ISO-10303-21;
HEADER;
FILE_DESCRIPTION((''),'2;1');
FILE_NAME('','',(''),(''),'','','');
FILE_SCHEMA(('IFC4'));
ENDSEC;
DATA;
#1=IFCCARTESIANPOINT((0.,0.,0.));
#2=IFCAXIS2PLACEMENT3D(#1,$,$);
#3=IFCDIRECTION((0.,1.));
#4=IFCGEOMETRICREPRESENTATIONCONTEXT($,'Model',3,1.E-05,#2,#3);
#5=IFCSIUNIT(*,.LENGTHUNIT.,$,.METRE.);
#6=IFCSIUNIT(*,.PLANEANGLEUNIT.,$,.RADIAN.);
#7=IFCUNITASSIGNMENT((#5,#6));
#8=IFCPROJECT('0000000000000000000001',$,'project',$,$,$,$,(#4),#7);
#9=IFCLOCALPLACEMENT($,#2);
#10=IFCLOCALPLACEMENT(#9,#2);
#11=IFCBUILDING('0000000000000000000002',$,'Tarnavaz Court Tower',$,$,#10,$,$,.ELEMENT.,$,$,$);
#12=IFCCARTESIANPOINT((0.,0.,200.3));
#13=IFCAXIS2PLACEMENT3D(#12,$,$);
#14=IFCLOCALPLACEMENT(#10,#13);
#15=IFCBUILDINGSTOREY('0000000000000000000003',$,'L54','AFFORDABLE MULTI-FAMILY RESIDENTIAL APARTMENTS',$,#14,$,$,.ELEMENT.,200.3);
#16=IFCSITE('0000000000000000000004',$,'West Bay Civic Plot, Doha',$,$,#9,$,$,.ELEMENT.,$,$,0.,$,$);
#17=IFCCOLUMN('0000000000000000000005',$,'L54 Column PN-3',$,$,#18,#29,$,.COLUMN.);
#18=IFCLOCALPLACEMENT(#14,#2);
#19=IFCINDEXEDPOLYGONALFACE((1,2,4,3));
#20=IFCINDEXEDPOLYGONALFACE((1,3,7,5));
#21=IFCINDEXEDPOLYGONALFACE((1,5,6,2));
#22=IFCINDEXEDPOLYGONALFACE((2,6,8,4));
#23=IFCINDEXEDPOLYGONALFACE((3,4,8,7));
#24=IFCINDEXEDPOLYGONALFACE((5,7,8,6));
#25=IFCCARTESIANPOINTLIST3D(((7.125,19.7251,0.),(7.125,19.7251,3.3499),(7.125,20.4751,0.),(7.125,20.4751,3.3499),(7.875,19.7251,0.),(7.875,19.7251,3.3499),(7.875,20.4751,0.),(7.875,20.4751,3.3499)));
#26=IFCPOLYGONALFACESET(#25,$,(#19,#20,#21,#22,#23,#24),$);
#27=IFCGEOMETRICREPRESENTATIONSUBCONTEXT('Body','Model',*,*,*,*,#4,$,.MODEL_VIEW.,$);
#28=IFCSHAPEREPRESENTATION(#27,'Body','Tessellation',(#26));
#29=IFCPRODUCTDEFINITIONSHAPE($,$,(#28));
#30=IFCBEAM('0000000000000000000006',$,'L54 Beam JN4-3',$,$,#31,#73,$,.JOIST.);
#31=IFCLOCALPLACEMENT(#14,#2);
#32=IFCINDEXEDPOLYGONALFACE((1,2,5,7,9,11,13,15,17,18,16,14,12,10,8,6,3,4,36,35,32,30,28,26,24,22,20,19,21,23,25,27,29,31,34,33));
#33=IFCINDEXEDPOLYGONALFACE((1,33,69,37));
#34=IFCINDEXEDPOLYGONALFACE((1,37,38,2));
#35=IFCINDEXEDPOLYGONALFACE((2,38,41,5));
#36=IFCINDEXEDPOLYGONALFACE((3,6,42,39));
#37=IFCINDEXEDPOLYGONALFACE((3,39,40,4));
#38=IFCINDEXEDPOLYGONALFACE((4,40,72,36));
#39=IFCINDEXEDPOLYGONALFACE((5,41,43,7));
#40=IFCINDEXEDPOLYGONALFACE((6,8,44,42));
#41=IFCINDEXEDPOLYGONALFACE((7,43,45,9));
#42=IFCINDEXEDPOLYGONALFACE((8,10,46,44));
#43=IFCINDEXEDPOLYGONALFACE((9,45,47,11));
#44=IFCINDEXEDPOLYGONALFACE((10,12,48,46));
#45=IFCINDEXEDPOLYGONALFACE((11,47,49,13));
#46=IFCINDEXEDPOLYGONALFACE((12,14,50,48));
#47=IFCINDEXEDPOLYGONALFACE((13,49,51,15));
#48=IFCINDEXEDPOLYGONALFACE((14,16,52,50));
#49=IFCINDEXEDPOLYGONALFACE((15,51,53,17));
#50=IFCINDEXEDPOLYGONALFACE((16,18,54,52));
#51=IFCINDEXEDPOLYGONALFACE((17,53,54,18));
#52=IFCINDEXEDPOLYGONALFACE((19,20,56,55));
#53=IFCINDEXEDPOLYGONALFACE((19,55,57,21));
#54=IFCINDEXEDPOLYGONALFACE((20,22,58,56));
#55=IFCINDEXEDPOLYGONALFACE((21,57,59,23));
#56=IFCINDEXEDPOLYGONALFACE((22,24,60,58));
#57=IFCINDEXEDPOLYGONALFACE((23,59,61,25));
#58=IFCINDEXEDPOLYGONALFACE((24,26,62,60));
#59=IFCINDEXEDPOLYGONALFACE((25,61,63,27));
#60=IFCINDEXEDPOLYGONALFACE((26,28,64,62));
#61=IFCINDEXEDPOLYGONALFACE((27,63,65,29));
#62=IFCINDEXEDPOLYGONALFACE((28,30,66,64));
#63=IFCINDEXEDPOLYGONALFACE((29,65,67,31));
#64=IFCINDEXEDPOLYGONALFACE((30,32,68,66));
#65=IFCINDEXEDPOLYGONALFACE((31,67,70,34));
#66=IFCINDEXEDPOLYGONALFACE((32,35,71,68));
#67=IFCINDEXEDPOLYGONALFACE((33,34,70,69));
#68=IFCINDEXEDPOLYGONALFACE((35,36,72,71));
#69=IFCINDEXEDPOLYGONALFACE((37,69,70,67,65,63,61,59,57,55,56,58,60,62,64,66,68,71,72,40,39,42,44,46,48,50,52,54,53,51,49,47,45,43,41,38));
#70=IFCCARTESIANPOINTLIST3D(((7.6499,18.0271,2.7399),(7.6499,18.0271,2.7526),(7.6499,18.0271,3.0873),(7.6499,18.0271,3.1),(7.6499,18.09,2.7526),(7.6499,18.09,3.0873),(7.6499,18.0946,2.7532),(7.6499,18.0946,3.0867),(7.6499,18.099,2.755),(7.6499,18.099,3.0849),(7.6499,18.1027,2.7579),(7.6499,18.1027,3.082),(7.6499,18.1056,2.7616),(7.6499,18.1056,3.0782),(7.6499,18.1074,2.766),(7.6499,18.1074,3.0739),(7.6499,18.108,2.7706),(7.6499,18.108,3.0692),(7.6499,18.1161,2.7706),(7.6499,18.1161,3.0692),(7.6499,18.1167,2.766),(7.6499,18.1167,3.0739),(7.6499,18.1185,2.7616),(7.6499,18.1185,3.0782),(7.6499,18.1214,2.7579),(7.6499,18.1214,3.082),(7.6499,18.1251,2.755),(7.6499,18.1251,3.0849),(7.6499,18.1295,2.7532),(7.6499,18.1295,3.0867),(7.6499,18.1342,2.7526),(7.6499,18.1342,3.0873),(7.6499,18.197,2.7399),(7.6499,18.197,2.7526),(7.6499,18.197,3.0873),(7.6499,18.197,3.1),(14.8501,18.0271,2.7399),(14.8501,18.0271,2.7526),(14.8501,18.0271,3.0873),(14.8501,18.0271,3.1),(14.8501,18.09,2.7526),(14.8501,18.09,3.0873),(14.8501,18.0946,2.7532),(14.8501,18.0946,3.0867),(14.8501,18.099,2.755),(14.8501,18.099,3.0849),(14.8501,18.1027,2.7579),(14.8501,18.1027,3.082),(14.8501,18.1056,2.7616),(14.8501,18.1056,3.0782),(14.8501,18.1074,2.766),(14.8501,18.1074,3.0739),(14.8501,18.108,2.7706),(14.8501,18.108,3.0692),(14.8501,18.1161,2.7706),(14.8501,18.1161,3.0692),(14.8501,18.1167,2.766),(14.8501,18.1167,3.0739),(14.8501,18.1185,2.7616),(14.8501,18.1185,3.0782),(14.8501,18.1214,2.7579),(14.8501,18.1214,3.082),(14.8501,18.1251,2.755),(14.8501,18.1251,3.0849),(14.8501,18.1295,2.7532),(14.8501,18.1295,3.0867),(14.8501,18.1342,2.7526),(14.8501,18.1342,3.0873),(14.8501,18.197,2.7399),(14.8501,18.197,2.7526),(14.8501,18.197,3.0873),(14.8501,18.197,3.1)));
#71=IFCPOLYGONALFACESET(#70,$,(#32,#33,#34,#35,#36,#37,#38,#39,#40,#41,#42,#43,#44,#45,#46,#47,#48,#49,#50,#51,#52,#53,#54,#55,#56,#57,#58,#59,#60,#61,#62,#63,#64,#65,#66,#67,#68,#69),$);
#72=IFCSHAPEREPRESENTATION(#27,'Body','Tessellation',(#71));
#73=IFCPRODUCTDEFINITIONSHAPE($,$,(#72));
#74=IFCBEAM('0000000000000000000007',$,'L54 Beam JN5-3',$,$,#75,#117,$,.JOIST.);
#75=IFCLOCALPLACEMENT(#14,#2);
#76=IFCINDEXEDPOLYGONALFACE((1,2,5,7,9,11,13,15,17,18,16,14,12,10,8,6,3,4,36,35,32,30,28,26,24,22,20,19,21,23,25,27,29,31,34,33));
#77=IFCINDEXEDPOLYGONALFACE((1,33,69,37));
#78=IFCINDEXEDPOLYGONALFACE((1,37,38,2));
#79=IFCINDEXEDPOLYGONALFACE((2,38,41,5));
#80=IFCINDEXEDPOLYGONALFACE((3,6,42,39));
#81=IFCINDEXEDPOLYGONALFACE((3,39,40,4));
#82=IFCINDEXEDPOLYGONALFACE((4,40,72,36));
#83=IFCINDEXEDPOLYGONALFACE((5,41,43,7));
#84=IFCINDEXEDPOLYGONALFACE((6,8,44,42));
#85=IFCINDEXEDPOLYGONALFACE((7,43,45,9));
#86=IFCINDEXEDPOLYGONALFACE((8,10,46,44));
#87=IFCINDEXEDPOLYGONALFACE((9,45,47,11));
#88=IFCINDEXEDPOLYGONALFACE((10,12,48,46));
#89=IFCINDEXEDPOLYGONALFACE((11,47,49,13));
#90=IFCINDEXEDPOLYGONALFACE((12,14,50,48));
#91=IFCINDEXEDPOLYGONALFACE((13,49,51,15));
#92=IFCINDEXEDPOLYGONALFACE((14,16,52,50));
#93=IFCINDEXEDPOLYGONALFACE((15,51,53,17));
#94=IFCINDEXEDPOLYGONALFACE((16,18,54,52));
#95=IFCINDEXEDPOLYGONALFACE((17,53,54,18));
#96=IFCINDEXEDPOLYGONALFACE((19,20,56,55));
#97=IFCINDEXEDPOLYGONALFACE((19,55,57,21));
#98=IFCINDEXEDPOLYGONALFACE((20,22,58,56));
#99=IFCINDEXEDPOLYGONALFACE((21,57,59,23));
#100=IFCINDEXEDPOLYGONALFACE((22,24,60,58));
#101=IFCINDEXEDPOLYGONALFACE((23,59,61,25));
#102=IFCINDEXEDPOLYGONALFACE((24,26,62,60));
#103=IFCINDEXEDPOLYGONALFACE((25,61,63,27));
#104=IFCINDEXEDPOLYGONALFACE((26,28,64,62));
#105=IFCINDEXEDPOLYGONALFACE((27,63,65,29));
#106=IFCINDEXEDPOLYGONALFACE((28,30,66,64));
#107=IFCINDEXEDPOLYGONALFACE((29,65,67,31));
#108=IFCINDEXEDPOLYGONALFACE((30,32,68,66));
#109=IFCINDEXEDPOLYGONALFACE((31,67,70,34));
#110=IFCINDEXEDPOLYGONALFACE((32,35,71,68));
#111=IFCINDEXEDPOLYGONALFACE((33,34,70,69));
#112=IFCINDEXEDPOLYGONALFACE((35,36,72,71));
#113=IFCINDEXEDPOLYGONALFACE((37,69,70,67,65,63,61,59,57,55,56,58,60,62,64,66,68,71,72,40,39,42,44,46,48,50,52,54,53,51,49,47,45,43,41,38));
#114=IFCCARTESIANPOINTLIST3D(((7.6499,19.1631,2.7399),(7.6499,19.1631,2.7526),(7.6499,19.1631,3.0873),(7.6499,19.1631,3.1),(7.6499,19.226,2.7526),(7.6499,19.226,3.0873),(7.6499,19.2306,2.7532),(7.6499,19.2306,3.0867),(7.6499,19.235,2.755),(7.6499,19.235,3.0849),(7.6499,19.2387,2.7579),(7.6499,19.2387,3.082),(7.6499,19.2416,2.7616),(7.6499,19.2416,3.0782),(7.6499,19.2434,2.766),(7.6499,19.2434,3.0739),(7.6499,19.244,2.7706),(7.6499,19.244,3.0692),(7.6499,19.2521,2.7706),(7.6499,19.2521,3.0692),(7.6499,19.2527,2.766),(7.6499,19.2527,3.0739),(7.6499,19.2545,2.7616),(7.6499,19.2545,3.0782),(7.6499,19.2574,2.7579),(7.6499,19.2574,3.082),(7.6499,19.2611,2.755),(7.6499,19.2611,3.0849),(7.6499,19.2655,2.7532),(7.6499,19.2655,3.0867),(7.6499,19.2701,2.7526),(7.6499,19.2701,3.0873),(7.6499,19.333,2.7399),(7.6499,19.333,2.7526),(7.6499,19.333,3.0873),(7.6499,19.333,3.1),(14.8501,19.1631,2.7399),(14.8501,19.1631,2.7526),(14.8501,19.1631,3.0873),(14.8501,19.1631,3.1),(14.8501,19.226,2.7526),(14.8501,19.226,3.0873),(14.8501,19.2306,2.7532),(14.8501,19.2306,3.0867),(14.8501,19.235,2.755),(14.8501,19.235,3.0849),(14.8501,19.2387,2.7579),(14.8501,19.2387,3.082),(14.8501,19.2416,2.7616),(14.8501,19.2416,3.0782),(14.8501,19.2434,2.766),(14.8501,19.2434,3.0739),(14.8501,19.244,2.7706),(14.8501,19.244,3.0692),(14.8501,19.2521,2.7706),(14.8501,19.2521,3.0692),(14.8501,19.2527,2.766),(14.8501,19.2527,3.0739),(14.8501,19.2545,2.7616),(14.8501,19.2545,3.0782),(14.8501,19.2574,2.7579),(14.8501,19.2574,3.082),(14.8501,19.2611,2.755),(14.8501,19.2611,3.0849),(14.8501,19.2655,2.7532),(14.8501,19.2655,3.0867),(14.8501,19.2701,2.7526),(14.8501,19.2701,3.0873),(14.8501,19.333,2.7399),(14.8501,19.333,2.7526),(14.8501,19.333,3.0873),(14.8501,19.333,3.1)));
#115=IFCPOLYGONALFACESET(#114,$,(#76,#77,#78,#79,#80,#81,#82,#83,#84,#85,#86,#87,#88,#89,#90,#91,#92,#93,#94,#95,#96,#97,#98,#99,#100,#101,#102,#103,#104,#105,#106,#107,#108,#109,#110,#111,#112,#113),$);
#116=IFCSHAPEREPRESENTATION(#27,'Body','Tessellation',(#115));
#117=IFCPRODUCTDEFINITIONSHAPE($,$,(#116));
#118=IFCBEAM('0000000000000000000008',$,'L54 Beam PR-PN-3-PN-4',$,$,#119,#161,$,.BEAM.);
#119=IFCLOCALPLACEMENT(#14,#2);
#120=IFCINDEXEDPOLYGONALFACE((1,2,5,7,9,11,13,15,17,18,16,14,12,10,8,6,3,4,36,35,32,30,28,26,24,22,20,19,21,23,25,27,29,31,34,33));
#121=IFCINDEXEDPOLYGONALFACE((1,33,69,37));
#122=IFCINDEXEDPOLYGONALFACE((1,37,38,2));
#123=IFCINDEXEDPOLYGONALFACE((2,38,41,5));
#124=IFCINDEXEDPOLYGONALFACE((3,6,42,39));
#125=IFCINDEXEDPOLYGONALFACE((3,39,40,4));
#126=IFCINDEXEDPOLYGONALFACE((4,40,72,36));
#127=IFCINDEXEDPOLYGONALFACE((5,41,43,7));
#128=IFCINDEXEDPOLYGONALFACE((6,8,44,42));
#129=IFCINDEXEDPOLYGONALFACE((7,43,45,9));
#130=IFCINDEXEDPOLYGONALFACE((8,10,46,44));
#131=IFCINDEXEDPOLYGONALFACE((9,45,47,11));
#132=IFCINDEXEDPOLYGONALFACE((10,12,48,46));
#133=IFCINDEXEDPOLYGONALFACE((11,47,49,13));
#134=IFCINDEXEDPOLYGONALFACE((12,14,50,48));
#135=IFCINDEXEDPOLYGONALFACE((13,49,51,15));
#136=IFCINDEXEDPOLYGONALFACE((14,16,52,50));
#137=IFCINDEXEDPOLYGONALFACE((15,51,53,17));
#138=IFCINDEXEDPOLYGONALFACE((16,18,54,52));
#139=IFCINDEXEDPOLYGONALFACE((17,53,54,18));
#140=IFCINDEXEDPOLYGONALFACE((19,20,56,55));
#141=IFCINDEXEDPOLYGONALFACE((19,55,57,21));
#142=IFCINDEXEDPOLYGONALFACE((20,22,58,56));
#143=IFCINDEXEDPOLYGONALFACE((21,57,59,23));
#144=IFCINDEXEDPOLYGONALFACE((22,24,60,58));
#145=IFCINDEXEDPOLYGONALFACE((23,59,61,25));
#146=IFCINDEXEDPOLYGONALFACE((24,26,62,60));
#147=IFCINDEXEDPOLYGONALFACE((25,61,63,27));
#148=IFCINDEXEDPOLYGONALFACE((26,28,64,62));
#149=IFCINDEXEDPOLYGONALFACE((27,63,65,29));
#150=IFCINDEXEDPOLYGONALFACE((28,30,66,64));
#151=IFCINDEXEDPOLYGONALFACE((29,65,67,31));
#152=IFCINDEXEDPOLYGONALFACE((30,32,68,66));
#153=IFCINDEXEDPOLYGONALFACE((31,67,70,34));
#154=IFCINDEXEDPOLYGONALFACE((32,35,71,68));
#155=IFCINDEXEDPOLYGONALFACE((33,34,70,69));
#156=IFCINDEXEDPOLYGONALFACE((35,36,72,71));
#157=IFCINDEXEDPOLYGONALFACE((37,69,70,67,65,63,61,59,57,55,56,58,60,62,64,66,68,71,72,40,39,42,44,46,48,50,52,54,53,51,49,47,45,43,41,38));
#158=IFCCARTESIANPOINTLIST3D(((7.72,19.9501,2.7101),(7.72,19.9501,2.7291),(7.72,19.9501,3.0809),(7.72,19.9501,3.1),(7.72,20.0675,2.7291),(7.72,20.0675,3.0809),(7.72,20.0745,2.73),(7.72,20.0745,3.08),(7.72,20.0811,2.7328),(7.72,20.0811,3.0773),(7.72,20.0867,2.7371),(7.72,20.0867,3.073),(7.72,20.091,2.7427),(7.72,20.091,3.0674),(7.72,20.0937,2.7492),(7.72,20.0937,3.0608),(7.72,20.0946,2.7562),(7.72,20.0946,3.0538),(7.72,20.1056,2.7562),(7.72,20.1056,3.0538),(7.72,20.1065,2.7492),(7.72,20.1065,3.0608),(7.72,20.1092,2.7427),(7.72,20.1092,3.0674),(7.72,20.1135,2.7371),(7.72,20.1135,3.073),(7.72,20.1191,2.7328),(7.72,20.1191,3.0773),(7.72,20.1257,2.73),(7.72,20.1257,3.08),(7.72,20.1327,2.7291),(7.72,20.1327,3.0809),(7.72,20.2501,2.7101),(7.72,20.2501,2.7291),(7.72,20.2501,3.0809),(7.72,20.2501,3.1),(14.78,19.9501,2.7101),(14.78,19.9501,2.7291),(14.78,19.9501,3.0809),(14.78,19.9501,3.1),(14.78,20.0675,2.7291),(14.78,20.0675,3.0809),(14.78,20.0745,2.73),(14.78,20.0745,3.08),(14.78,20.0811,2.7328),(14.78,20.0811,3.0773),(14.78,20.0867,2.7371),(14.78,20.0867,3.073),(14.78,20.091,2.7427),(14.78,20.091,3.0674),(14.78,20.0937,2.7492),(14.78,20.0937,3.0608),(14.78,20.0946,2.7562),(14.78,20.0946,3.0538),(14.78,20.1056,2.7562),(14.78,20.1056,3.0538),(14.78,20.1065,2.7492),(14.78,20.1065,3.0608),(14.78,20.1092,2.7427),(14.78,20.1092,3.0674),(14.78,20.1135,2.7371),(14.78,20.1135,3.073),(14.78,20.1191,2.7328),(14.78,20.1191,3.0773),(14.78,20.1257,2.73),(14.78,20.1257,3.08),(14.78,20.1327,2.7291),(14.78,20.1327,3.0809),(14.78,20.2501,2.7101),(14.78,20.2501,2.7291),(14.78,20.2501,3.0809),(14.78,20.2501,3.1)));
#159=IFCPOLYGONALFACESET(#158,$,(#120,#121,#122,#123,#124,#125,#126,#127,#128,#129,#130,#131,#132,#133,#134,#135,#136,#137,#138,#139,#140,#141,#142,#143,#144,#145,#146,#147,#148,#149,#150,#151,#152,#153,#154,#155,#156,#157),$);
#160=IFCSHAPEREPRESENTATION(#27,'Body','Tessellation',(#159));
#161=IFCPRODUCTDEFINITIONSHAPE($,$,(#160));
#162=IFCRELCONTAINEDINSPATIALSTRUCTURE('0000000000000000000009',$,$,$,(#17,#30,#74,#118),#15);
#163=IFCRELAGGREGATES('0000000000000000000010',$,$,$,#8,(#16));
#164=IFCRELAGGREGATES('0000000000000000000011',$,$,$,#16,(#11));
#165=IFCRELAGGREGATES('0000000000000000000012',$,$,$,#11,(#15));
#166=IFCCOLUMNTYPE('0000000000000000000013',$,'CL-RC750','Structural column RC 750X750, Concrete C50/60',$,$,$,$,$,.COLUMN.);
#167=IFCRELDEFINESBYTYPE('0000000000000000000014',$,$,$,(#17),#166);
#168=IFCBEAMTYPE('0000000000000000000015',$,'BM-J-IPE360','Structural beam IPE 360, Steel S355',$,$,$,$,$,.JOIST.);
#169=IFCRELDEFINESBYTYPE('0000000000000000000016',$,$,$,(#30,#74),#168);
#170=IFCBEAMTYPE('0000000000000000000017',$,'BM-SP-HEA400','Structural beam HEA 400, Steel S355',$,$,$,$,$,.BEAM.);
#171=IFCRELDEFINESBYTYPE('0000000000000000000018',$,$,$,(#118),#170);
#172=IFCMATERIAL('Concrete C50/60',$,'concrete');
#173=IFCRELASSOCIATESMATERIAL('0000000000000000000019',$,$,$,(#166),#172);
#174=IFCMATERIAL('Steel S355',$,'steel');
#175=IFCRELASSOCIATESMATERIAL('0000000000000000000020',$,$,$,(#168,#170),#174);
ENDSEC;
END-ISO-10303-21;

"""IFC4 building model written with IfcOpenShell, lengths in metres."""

from ifc_helpers import new_model, si_unit, direction, frame, origin, origin_2d, place, context, subcontext, project, spatial, rectangle, i_section, extrude, material, material_profile, profile_set, type_object, element, save


model = new_model("IFC4")

# Units and contexts
model_context = context("Model", 3, precision=1e-05, world=origin(), true_north=direction((0.0, 1.0)))
body_context = subcontext(model_context, "Body", "Model", "MODEL_VIEW")
ifc_project = project(units=[si_unit("LENGTHUNIT", "METRE"), si_unit("PLANEANGLEUNIT", "RADIAN")], contexts=[model_context])

# Site, building, storey
site_placement = place(None, origin())
site = spatial("IfcSite", under=ifc_project, at=site_placement, Name="West Bay Civic Plot, Doha", CompositionType="ELEMENT", RefElevation=0.0)
building_placement = place(site_placement, origin())
building = spatial("IfcBuilding", under=site, at=building_placement, Name="Tarnavaz Court Tower", CompositionType="ELEMENT")
storey_placement = place(building_placement, frame((0.0, 0.0, 200.3)))
storey = spatial("IfcBuildingStorey", under=building, at=storey_placement, Name="L54", Description="AFFORDABLE MULTI-FAMILY RESIDENTIAL APARTMENTS", CompositionType="ELEMENT", Elevation=200.3)

# Column
ifc_material_1 = material(Name="Concrete C50/60", Category="concrete")
ifc_material_profile_1 = material_profile(ifc_material_1, rectangle(XDim=0.75, YDim=0.75, at=origin_2d()), Name="RC 750X750")
ifc_profile_set_1 = profile_set([ifc_material_profile_1], Name="Concrete C50/60")
column_type = type_object("IfcColumnType", Name="CL-RC750", Description="Structural column RC 750X750, Concrete C50/60", PredefinedType="COLUMN", material=ifc_profile_set_1)
column_placement = place(storey_placement, frame((7.5, 20.1001, 0.0), z_axis=(0.0, 0.0, 1.0), x_axis=(1.0, 0.0, 0.0)))
element("IfcColumn", 1, at=column_placement, inside=storey, type_object=column_type, Name="L54 Column PN-3", PredefinedType="COLUMN", context=body_context, shape_type="SweptSolid", body=[
    extrude(rectangle(XDim=0.75, YDim=0.75, at=origin_2d()), origin(), (0.0, 0.0, 1.0), 3.3499),
])

# Beams
ifc_material_2 = material(Name="Steel S355", Category="steel")
ifc_material_profile_2 = material_profile(ifc_material_2, i_section(OverallWidth=0.1699, OverallDepth=0.3601, WebThickness=0.0081, FlangeThickness=0.0127, FilletRadius=0.0181, at=origin_2d()), Name="IPE 360")
ifc_profile_set_2 = profile_set([ifc_material_profile_2], Name="Steel S355")
beam_type_1 = type_object("IfcBeamType", Name="BM-J-IPE360", Description="Structural beam IPE 360, Steel S355", PredefinedType="JOIST", material=ifc_profile_set_2)
for number, where, z_axis, x_axis, name in (
    (2, (7.6499, 18.1121, 2.9199), (1.0, 0.0, 0.0), (0.0, 1.0, 0.0), "L54 Beam JN4-3"),
    (3, (7.6499, 19.248, 2.9199), (1.0, 0.0, 0.0), (0.0, 1.0, 0.0), "L54 Beam JN5-3"),
):
    element("IfcBeam", number, at=place(storey_placement, frame(where, z_axis=z_axis, x_axis=x_axis)), inside=storey, type_object=beam_type_1, Name=name, PredefinedType="JOIST", context=body_context, shape_type="SweptSolid", body=[
        extrude(i_section(OverallWidth=0.1699, OverallDepth=0.3601, WebThickness=0.0081, FlangeThickness=0.0127, FilletRadius=0.0181, at=origin_2d()), origin(), (0.0, 0.0, 1.0), 7.2002),
    ])
ifc_material_profile_3 = material_profile(ifc_material_2, i_section(OverallWidth=0.3, OverallDepth=0.3899, WebThickness=0.011, FlangeThickness=0.019, FilletRadius=0.0271, at=origin_2d()), Name="HEA 400")
ifc_profile_set_3 = profile_set([ifc_material_profile_3], Name="Steel S355")
beam_type_2 = type_object("IfcBeamType", Name="BM-SP-HEA400", Description="Structural beam HEA 400, Steel S355", PredefinedType="BEAM", material=ifc_profile_set_3)
beam_placement = place(storey_placement, frame((7.72, 20.1001, 2.905), z_axis=(1.0, 0.0, 0.0), x_axis=(0.0, 1.0, 0.0)))
element("IfcBeam", 4, at=beam_placement, inside=storey, type_object=beam_type_2, Name="L54 Beam PR-PN-3-PN-4", PredefinedType="BEAM", context=body_context, shape_type="SweptSolid", body=[
    extrude(i_section(OverallWidth=0.3, OverallDepth=0.3899, WebThickness=0.011, FlangeThickness=0.019, FilletRadius=0.0271, at=origin_2d()), origin(), (0.0, 0.0, 1.0), 7.0601),
])

save(model, "model.ifc")
